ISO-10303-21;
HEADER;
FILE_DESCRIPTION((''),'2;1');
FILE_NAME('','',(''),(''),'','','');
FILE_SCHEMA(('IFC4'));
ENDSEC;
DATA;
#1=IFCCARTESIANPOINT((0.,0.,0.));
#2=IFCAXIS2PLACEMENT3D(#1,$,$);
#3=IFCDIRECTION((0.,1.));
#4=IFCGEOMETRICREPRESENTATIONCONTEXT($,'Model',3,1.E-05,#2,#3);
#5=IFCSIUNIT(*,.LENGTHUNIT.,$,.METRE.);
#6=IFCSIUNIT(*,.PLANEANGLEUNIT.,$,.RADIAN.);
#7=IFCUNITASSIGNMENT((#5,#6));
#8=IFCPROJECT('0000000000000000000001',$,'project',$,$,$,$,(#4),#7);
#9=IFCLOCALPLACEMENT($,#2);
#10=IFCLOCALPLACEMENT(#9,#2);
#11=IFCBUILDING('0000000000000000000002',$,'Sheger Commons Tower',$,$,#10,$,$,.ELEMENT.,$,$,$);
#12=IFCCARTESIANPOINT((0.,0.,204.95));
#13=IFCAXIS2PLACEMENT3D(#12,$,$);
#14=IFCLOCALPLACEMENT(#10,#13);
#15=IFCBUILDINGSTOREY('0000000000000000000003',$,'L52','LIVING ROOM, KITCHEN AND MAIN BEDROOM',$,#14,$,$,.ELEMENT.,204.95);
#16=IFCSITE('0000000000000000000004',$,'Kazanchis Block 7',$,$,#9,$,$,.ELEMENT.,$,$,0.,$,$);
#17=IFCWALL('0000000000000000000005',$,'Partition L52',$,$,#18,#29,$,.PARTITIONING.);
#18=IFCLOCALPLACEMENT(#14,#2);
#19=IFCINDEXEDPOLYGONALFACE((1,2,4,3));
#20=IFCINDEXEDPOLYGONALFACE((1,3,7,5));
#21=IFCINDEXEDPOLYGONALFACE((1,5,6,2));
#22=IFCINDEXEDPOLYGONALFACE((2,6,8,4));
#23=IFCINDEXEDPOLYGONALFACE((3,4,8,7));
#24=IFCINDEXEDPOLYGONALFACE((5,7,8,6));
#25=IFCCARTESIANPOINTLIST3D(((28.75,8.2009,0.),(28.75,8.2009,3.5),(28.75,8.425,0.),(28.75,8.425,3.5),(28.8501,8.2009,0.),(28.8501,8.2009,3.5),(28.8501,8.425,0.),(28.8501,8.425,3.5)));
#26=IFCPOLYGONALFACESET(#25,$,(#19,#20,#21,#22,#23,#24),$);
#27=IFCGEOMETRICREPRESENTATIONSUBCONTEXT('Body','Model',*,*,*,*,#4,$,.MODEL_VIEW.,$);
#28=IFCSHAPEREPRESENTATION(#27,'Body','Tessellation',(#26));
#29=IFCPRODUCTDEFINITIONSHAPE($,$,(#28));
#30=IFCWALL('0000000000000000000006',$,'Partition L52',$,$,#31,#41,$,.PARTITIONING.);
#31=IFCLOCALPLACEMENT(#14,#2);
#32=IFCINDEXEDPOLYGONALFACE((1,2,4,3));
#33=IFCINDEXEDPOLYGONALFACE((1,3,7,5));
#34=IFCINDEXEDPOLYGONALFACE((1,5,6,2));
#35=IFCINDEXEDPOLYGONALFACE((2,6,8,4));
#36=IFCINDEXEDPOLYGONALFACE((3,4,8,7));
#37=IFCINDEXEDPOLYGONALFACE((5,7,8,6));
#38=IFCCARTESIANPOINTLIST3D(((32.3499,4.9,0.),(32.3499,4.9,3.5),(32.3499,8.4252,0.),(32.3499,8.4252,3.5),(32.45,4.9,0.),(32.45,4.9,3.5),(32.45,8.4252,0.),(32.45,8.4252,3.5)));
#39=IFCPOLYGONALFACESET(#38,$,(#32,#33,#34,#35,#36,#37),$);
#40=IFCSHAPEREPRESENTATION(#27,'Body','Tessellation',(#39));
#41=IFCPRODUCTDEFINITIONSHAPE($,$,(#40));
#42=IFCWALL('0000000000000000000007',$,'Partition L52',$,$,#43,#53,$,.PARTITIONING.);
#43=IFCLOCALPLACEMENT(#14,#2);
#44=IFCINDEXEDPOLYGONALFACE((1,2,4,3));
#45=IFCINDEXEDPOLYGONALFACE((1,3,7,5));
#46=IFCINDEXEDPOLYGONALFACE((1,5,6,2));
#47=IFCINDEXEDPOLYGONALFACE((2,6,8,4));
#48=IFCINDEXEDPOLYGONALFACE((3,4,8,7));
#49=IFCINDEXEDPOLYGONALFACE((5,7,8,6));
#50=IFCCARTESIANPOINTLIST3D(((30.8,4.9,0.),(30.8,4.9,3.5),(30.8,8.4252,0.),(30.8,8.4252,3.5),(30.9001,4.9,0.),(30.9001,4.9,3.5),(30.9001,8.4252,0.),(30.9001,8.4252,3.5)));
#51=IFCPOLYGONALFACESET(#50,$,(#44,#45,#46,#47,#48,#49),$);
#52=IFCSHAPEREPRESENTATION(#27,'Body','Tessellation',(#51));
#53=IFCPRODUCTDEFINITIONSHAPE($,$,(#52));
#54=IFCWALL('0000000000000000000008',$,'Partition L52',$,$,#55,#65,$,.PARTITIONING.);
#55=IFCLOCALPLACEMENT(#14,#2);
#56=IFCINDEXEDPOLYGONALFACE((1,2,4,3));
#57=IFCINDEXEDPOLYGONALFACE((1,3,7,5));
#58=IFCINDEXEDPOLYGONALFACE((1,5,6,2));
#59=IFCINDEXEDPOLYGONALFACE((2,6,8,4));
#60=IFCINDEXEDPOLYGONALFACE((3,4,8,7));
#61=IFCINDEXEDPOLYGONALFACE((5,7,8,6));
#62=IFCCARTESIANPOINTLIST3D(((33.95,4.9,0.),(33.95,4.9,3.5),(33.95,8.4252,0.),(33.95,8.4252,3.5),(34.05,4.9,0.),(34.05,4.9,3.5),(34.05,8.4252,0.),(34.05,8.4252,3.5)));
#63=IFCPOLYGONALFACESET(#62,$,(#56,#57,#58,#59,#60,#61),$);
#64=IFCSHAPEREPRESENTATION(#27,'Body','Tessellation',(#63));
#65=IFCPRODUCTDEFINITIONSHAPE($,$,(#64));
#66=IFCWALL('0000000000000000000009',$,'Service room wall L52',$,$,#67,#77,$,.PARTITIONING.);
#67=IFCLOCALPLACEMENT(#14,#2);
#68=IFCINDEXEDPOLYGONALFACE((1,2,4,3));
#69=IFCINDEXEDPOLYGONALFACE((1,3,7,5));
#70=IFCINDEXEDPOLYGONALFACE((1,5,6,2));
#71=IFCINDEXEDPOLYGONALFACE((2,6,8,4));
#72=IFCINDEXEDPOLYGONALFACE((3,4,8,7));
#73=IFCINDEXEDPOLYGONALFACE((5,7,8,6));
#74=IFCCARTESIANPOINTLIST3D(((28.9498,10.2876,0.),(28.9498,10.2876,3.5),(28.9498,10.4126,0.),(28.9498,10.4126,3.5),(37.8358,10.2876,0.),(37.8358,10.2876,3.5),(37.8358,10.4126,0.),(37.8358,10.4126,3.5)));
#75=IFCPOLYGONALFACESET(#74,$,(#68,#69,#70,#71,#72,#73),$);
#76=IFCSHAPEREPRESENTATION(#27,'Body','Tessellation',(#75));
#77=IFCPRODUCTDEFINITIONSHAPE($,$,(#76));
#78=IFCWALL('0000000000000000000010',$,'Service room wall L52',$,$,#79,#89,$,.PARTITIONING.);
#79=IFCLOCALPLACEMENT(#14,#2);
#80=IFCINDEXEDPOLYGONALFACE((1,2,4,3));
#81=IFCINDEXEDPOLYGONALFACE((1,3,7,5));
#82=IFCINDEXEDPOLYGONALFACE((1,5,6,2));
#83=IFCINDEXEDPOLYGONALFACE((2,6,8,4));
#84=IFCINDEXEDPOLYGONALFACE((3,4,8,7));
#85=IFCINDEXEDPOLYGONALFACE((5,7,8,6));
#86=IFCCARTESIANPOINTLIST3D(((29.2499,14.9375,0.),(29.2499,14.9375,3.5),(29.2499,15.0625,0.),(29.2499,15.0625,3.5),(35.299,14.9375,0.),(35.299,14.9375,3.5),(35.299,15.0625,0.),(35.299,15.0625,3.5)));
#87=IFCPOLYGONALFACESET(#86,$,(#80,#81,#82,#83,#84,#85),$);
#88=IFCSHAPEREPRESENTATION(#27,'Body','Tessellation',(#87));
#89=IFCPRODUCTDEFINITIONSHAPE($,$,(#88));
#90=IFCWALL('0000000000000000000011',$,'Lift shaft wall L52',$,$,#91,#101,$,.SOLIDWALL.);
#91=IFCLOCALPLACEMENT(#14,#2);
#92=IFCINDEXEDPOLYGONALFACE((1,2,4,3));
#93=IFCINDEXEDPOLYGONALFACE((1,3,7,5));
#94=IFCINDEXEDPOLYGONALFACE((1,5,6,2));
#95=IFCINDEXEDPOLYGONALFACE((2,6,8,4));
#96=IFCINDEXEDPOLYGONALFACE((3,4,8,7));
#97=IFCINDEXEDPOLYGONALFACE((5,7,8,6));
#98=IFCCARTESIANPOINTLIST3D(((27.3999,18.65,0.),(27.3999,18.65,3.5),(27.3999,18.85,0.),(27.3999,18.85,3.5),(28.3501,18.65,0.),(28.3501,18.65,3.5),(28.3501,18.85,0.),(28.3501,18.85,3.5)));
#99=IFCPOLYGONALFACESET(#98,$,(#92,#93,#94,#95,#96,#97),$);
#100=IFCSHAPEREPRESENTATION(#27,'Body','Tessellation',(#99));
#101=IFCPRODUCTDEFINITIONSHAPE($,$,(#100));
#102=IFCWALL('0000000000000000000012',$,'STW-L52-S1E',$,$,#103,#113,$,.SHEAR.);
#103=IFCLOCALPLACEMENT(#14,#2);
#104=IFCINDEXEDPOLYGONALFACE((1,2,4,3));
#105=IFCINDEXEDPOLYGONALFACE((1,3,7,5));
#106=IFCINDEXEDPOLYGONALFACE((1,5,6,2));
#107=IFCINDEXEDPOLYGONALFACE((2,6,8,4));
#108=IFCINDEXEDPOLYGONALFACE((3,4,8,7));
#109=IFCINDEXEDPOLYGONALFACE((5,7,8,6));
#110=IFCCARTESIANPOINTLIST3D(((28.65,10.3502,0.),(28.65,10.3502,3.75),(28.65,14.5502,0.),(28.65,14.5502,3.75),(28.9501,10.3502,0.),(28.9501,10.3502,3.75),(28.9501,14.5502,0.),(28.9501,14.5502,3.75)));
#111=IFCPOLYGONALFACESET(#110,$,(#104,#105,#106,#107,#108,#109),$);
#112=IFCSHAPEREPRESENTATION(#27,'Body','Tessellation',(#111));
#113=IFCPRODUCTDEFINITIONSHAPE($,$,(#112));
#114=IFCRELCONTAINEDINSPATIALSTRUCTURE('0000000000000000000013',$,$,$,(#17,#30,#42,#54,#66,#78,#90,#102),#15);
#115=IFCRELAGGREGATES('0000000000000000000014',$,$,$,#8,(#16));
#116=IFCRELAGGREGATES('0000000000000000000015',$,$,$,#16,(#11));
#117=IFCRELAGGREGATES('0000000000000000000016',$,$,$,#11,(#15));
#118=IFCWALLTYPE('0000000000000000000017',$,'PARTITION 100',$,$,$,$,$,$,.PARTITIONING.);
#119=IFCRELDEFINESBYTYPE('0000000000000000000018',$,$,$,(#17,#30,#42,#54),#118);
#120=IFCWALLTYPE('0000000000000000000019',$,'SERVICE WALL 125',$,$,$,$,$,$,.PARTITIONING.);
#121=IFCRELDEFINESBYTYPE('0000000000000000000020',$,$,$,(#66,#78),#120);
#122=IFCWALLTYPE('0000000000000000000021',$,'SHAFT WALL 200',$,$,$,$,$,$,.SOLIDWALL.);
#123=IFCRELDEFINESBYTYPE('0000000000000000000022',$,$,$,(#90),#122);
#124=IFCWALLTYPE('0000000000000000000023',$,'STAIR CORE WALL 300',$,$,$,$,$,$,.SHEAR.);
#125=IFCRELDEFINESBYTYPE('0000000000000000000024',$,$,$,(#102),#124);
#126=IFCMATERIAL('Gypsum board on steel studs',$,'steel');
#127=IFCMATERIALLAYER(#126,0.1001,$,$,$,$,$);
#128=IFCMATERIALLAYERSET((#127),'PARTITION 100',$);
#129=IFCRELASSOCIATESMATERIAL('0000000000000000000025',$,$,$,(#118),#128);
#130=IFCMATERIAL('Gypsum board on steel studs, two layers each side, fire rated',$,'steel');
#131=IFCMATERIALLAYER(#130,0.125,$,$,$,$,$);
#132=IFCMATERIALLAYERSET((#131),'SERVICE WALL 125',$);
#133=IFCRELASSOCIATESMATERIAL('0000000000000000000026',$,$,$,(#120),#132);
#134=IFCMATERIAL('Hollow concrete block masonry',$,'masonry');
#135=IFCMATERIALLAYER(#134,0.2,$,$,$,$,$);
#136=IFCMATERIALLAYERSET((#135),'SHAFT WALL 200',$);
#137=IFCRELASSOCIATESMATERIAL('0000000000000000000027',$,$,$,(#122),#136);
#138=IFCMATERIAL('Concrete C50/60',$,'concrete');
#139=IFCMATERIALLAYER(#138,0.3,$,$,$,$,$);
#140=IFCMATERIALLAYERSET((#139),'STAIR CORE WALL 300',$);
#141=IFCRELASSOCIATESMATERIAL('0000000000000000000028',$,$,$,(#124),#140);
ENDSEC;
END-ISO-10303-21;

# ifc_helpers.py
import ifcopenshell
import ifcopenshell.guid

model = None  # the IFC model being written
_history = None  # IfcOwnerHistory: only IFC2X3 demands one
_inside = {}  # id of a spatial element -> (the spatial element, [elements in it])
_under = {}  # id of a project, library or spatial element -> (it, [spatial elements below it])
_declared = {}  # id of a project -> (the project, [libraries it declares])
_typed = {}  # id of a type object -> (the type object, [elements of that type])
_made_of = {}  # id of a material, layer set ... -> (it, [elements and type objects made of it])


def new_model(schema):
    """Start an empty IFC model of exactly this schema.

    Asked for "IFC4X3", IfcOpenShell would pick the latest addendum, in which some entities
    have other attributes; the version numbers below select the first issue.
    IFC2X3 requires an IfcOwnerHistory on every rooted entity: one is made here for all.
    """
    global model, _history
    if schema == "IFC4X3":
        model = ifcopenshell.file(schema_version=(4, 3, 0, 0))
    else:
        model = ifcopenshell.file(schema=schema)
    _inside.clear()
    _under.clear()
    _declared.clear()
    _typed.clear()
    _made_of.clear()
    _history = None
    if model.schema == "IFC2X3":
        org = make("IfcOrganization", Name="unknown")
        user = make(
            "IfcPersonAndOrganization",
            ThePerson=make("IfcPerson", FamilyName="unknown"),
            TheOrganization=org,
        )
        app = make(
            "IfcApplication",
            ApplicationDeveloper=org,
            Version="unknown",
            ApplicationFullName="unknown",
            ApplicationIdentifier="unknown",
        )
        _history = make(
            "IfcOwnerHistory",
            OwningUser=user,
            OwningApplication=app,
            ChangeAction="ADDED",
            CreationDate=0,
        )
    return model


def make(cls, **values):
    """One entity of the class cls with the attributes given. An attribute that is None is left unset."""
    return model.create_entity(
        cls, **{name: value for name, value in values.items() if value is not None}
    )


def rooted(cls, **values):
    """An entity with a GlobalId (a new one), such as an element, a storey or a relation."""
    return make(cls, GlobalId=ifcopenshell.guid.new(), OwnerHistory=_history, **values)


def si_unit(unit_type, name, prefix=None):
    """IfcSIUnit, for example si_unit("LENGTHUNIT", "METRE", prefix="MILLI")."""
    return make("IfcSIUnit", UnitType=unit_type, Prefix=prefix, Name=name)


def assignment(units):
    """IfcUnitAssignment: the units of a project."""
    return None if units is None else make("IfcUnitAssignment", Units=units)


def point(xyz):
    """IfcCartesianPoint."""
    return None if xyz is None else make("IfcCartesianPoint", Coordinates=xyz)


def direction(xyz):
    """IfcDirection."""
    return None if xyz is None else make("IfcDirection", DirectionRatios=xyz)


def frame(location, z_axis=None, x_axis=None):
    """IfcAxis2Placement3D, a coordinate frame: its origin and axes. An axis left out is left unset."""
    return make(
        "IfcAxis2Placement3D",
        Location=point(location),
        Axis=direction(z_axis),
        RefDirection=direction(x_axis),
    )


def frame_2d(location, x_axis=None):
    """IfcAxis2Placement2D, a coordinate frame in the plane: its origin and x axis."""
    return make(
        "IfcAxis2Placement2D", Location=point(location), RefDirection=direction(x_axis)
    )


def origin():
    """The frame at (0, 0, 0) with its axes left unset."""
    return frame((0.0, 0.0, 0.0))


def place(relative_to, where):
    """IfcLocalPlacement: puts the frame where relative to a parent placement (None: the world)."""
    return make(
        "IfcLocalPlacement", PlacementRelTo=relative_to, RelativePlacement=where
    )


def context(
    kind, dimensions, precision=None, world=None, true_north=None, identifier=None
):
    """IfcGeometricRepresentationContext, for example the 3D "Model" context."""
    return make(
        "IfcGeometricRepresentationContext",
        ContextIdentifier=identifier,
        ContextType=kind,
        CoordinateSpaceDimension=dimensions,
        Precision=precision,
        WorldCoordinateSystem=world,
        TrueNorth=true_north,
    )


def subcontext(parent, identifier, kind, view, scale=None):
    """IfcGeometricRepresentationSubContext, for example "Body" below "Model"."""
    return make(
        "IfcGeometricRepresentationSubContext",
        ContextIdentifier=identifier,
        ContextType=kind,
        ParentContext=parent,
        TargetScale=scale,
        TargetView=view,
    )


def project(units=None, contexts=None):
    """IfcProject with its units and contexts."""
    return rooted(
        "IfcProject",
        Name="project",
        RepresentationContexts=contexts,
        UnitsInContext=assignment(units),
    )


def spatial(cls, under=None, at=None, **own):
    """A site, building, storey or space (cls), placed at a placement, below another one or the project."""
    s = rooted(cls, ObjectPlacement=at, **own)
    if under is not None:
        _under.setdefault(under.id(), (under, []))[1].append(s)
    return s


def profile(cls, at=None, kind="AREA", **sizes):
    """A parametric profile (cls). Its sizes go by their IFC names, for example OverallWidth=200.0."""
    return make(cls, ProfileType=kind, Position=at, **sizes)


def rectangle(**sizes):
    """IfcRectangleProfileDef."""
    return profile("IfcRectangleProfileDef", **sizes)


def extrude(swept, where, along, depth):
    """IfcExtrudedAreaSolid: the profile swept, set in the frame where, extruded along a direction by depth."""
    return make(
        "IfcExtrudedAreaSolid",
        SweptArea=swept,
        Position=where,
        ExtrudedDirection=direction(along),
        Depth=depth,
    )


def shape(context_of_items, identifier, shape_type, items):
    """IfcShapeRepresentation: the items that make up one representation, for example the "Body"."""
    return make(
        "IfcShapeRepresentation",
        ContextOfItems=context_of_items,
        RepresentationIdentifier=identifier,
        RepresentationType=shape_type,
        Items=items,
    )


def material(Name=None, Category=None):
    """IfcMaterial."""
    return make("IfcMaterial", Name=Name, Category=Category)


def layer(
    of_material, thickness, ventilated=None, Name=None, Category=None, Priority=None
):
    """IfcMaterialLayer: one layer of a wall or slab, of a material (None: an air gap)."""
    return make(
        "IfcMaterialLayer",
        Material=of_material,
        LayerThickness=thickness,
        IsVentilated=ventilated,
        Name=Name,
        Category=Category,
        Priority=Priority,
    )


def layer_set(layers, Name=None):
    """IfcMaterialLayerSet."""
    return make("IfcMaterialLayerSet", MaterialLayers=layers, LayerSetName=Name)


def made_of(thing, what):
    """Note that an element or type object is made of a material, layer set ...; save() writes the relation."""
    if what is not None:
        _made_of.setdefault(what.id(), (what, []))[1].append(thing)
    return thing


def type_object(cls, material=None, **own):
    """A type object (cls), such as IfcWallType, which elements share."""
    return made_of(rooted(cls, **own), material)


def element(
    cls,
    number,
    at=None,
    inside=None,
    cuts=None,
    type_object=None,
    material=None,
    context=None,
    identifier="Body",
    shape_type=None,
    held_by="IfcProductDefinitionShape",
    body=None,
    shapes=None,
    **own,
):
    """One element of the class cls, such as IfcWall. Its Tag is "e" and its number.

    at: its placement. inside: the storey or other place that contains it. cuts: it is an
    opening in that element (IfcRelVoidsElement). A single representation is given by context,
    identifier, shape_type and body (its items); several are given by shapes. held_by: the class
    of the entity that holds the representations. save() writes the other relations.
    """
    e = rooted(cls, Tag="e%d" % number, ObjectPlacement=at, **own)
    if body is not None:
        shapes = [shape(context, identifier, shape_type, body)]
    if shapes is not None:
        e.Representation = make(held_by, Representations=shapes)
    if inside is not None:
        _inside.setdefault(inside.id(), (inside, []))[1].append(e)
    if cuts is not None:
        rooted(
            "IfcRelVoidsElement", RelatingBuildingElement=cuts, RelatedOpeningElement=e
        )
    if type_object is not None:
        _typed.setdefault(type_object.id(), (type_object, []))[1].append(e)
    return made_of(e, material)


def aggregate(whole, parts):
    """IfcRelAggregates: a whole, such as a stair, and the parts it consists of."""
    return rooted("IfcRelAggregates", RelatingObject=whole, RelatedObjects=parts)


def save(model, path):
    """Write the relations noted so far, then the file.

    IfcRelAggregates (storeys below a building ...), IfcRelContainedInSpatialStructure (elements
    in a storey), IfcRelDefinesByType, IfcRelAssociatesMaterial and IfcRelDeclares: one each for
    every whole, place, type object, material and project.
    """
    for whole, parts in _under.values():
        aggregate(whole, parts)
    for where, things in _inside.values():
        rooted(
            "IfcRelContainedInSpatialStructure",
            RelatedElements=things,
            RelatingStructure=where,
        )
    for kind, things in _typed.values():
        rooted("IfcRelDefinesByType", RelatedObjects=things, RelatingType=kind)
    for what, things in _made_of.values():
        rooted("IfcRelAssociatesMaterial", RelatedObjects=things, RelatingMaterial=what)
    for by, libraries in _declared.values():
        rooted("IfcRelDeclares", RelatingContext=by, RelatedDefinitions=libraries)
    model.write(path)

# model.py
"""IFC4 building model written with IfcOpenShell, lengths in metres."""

from ifc_helpers import new_model, si_unit, direction, frame, frame_2d, origin, place, context, subcontext, project, spatial, rectangle, extrude, material, layer, layer_set, type_object, element, save


model = new_model("IFC4")

# Units and contexts
model_context = context("Model", 3, precision=1e-05, world=origin(), true_north=direction((0.0, 1.0)))
body_context = subcontext(model_context, "Body", "Model", "MODEL_VIEW")
ifc_project = project(units=[si_unit("LENGTHUNIT", "METRE"), si_unit("PLANEANGLEUNIT", "RADIAN")], contexts=[model_context])

# Site, building, storey
site_placement = place(None, origin())
site = spatial("IfcSite", under=ifc_project, at=site_placement, Name="Kazanchis Block 7", CompositionType="ELEMENT", RefElevation=0.0)
building_placement = place(site_placement, origin())
building = spatial("IfcBuilding", under=site, at=building_placement, Name="Sheger Commons Tower", CompositionType="ELEMENT")
storey_placement = place(building_placement, frame((0.0, 0.0, 204.95)))
storey = spatial("IfcBuildingStorey", under=building, at=storey_placement, Name="L52", Description="LIVING ROOM, KITCHEN AND MAIN BEDROOM", CompositionType="ELEMENT", Elevation=204.95)

# Shared definitions
ifc_material_1 = material(Name="Gypsum board on steel studs", Category="steel")
ifc_layer_1 = layer(ifc_material_1, 0.1001)
ifc_layer_set_1 = layer_set([ifc_layer_1], Name="PARTITION 100")
wall_type_1 = type_object("IfcWallType", Name="PARTITION 100", PredefinedType="PARTITIONING", material=ifc_layer_set_1)

# Walls
wall_1_placement = place(storey_placement, frame((28.8, 8.2009, 0.0), z_axis=(0.0, 0.0, 1.0), x_axis=(0.0, 1.0, 0.0)))
element("IfcWall", 1, at=wall_1_placement, inside=storey, type_object=wall_type_1, Name="Partition L52", PredefinedType="PARTITIONING", context=body_context, shape_type="SweptSolid", body=[
    extrude(rectangle(XDim=0.2241, YDim=0.1001, at=frame_2d((0.1121, 0.0))), origin(), (0.0, 0.0, 1.0), 3.5),
])
for number, where, z_axis, x_axis, name in (
    (2, (32.3999, 4.8999, 0.0), (0.0, 0.0, 1.0), (0.0, 1.0, 0.0), "Partition L52"),
    (3, (30.8501, 4.8999, 0.0), (0.0, 0.0, 1.0), (0.0, 1.0, 0.0), "Partition L52"),
    (4, (34.0, 4.8999, 0.0), (0.0, 0.0, 1.0), (0.0, 1.0, 0.0), "Partition L52"),
):
    element("IfcWall", number, at=place(storey_placement, frame(where, z_axis=z_axis, x_axis=x_axis)), inside=storey, type_object=wall_type_1, Name=name, PredefinedType="PARTITIONING", context=body_context, shape_type="SweptSolid", body=[
        extrude(rectangle(XDim=3.5251, YDim=0.1001, at=frame_2d((1.7627, 0.0))), origin(), (0.0, 0.0, 1.0), 3.5),
    ])
ifc_material_2 = material(Name="Gypsum board on steel studs, two layers each side, fire rated", Category="steel")
ifc_layer_2 = layer(ifc_material_2, 0.125)
ifc_layer_set_2 = layer_set([ifc_layer_2], Name="SERVICE WALL 125")
wall_type_2 = type_object("IfcWallType", Name="SERVICE WALL 125", PredefinedType="PARTITIONING", material=ifc_layer_set_2)
wall_2_placement = place(storey_placement, frame((28.95, 10.3501, 0.0), z_axis=(0.0, 0.0, 1.0), x_axis=(1.0, 0.0, 0.0)))
element("IfcWall", 5, at=wall_2_placement, inside=storey, type_object=wall_type_2, Name="Service room wall L52", PredefinedType="PARTITIONING", context=body_context, shape_type="SweptSolid", body=[
    extrude(rectangle(XDim=8.886, YDim=0.125, at=frame_2d((4.4429, 0.0))), origin(), (0.0, 0.0, 1.0), 3.5),
])
wall_3_placement = place(storey_placement, frame((29.25, 15.0, 0.0), z_axis=(0.0, 0.0, 1.0), x_axis=(1.0, 0.0, 0.0)))
element("IfcWall", 6, at=wall_3_placement, inside=storey, type_object=wall_type_2, Name="Service room wall L52", PredefinedType="PARTITIONING", context=body_context, shape_type="SweptSolid", body=[
    extrude(rectangle(XDim=6.0491, YDim=0.125, at=frame_2d((3.0244, 0.0))), origin(), (0.0, 0.0, 1.0), 3.5),
])
ifc_material_3 = material(Name="Hollow concrete block masonry", Category="masonry")
ifc_layer_3 = layer(ifc_material_3, 0.2)
ifc_layer_set_3 = layer_set([ifc_layer_3], Name="SHAFT WALL 200")
wall_type_3 = type_object("IfcWallType", Name="SHAFT WALL 200", PredefinedType="SOLIDWALL", material=ifc_layer_set_3)
wall_4_placement = place(storey_placement, frame((27.3999, 18.75, 0.0), z_axis=(0.0, 0.0, 1.0), x_axis=(1.0, 0.0, 0.0)))
element("IfcWall", 7, at=wall_4_placement, inside=storey, type_object=wall_type_3, Name="Lift shaft wall L52", PredefinedType="SOLIDWALL", context=body_context, shape_type="SweptSolid", body=[
    extrude(rectangle(XDim=0.9502, YDim=0.2, at=frame_2d((0.4751, 0.0))), origin(), (0.0, 0.0, 1.0), 3.5),
])
ifc_material_4 = material(Name="Concrete C50/60", Category="concrete")
ifc_layer_4 = layer(ifc_material_4, 0.3)
ifc_layer_set_4 = layer_set([ifc_layer_4], Name="STAIR CORE WALL 300")
wall_type_4 = type_object("IfcWallType", Name="STAIR CORE WALL 300", PredefinedType="SHEAR", material=ifc_layer_set_4)
wall_5_placement = place(storey_placement, frame((28.8, 10.3501, 0.0), z_axis=(0.0, 0.0, 1.0), x_axis=(0.0, 1.0, 0.0)))
element("IfcWall", 8, at=wall_5_placement, inside=storey, type_object=wall_type_4, Name="STW-L52-S1E", PredefinedType="SHEAR", context=body_context, shape_type="SweptSolid", body=[
    extrude(rectangle(XDim=4.2, YDim=0.3, at=frame_2d((2.1001, 0.0))), origin(), (0.0, 0.0, 1.0), 3.75),
])

save(model, "model.ifc")
